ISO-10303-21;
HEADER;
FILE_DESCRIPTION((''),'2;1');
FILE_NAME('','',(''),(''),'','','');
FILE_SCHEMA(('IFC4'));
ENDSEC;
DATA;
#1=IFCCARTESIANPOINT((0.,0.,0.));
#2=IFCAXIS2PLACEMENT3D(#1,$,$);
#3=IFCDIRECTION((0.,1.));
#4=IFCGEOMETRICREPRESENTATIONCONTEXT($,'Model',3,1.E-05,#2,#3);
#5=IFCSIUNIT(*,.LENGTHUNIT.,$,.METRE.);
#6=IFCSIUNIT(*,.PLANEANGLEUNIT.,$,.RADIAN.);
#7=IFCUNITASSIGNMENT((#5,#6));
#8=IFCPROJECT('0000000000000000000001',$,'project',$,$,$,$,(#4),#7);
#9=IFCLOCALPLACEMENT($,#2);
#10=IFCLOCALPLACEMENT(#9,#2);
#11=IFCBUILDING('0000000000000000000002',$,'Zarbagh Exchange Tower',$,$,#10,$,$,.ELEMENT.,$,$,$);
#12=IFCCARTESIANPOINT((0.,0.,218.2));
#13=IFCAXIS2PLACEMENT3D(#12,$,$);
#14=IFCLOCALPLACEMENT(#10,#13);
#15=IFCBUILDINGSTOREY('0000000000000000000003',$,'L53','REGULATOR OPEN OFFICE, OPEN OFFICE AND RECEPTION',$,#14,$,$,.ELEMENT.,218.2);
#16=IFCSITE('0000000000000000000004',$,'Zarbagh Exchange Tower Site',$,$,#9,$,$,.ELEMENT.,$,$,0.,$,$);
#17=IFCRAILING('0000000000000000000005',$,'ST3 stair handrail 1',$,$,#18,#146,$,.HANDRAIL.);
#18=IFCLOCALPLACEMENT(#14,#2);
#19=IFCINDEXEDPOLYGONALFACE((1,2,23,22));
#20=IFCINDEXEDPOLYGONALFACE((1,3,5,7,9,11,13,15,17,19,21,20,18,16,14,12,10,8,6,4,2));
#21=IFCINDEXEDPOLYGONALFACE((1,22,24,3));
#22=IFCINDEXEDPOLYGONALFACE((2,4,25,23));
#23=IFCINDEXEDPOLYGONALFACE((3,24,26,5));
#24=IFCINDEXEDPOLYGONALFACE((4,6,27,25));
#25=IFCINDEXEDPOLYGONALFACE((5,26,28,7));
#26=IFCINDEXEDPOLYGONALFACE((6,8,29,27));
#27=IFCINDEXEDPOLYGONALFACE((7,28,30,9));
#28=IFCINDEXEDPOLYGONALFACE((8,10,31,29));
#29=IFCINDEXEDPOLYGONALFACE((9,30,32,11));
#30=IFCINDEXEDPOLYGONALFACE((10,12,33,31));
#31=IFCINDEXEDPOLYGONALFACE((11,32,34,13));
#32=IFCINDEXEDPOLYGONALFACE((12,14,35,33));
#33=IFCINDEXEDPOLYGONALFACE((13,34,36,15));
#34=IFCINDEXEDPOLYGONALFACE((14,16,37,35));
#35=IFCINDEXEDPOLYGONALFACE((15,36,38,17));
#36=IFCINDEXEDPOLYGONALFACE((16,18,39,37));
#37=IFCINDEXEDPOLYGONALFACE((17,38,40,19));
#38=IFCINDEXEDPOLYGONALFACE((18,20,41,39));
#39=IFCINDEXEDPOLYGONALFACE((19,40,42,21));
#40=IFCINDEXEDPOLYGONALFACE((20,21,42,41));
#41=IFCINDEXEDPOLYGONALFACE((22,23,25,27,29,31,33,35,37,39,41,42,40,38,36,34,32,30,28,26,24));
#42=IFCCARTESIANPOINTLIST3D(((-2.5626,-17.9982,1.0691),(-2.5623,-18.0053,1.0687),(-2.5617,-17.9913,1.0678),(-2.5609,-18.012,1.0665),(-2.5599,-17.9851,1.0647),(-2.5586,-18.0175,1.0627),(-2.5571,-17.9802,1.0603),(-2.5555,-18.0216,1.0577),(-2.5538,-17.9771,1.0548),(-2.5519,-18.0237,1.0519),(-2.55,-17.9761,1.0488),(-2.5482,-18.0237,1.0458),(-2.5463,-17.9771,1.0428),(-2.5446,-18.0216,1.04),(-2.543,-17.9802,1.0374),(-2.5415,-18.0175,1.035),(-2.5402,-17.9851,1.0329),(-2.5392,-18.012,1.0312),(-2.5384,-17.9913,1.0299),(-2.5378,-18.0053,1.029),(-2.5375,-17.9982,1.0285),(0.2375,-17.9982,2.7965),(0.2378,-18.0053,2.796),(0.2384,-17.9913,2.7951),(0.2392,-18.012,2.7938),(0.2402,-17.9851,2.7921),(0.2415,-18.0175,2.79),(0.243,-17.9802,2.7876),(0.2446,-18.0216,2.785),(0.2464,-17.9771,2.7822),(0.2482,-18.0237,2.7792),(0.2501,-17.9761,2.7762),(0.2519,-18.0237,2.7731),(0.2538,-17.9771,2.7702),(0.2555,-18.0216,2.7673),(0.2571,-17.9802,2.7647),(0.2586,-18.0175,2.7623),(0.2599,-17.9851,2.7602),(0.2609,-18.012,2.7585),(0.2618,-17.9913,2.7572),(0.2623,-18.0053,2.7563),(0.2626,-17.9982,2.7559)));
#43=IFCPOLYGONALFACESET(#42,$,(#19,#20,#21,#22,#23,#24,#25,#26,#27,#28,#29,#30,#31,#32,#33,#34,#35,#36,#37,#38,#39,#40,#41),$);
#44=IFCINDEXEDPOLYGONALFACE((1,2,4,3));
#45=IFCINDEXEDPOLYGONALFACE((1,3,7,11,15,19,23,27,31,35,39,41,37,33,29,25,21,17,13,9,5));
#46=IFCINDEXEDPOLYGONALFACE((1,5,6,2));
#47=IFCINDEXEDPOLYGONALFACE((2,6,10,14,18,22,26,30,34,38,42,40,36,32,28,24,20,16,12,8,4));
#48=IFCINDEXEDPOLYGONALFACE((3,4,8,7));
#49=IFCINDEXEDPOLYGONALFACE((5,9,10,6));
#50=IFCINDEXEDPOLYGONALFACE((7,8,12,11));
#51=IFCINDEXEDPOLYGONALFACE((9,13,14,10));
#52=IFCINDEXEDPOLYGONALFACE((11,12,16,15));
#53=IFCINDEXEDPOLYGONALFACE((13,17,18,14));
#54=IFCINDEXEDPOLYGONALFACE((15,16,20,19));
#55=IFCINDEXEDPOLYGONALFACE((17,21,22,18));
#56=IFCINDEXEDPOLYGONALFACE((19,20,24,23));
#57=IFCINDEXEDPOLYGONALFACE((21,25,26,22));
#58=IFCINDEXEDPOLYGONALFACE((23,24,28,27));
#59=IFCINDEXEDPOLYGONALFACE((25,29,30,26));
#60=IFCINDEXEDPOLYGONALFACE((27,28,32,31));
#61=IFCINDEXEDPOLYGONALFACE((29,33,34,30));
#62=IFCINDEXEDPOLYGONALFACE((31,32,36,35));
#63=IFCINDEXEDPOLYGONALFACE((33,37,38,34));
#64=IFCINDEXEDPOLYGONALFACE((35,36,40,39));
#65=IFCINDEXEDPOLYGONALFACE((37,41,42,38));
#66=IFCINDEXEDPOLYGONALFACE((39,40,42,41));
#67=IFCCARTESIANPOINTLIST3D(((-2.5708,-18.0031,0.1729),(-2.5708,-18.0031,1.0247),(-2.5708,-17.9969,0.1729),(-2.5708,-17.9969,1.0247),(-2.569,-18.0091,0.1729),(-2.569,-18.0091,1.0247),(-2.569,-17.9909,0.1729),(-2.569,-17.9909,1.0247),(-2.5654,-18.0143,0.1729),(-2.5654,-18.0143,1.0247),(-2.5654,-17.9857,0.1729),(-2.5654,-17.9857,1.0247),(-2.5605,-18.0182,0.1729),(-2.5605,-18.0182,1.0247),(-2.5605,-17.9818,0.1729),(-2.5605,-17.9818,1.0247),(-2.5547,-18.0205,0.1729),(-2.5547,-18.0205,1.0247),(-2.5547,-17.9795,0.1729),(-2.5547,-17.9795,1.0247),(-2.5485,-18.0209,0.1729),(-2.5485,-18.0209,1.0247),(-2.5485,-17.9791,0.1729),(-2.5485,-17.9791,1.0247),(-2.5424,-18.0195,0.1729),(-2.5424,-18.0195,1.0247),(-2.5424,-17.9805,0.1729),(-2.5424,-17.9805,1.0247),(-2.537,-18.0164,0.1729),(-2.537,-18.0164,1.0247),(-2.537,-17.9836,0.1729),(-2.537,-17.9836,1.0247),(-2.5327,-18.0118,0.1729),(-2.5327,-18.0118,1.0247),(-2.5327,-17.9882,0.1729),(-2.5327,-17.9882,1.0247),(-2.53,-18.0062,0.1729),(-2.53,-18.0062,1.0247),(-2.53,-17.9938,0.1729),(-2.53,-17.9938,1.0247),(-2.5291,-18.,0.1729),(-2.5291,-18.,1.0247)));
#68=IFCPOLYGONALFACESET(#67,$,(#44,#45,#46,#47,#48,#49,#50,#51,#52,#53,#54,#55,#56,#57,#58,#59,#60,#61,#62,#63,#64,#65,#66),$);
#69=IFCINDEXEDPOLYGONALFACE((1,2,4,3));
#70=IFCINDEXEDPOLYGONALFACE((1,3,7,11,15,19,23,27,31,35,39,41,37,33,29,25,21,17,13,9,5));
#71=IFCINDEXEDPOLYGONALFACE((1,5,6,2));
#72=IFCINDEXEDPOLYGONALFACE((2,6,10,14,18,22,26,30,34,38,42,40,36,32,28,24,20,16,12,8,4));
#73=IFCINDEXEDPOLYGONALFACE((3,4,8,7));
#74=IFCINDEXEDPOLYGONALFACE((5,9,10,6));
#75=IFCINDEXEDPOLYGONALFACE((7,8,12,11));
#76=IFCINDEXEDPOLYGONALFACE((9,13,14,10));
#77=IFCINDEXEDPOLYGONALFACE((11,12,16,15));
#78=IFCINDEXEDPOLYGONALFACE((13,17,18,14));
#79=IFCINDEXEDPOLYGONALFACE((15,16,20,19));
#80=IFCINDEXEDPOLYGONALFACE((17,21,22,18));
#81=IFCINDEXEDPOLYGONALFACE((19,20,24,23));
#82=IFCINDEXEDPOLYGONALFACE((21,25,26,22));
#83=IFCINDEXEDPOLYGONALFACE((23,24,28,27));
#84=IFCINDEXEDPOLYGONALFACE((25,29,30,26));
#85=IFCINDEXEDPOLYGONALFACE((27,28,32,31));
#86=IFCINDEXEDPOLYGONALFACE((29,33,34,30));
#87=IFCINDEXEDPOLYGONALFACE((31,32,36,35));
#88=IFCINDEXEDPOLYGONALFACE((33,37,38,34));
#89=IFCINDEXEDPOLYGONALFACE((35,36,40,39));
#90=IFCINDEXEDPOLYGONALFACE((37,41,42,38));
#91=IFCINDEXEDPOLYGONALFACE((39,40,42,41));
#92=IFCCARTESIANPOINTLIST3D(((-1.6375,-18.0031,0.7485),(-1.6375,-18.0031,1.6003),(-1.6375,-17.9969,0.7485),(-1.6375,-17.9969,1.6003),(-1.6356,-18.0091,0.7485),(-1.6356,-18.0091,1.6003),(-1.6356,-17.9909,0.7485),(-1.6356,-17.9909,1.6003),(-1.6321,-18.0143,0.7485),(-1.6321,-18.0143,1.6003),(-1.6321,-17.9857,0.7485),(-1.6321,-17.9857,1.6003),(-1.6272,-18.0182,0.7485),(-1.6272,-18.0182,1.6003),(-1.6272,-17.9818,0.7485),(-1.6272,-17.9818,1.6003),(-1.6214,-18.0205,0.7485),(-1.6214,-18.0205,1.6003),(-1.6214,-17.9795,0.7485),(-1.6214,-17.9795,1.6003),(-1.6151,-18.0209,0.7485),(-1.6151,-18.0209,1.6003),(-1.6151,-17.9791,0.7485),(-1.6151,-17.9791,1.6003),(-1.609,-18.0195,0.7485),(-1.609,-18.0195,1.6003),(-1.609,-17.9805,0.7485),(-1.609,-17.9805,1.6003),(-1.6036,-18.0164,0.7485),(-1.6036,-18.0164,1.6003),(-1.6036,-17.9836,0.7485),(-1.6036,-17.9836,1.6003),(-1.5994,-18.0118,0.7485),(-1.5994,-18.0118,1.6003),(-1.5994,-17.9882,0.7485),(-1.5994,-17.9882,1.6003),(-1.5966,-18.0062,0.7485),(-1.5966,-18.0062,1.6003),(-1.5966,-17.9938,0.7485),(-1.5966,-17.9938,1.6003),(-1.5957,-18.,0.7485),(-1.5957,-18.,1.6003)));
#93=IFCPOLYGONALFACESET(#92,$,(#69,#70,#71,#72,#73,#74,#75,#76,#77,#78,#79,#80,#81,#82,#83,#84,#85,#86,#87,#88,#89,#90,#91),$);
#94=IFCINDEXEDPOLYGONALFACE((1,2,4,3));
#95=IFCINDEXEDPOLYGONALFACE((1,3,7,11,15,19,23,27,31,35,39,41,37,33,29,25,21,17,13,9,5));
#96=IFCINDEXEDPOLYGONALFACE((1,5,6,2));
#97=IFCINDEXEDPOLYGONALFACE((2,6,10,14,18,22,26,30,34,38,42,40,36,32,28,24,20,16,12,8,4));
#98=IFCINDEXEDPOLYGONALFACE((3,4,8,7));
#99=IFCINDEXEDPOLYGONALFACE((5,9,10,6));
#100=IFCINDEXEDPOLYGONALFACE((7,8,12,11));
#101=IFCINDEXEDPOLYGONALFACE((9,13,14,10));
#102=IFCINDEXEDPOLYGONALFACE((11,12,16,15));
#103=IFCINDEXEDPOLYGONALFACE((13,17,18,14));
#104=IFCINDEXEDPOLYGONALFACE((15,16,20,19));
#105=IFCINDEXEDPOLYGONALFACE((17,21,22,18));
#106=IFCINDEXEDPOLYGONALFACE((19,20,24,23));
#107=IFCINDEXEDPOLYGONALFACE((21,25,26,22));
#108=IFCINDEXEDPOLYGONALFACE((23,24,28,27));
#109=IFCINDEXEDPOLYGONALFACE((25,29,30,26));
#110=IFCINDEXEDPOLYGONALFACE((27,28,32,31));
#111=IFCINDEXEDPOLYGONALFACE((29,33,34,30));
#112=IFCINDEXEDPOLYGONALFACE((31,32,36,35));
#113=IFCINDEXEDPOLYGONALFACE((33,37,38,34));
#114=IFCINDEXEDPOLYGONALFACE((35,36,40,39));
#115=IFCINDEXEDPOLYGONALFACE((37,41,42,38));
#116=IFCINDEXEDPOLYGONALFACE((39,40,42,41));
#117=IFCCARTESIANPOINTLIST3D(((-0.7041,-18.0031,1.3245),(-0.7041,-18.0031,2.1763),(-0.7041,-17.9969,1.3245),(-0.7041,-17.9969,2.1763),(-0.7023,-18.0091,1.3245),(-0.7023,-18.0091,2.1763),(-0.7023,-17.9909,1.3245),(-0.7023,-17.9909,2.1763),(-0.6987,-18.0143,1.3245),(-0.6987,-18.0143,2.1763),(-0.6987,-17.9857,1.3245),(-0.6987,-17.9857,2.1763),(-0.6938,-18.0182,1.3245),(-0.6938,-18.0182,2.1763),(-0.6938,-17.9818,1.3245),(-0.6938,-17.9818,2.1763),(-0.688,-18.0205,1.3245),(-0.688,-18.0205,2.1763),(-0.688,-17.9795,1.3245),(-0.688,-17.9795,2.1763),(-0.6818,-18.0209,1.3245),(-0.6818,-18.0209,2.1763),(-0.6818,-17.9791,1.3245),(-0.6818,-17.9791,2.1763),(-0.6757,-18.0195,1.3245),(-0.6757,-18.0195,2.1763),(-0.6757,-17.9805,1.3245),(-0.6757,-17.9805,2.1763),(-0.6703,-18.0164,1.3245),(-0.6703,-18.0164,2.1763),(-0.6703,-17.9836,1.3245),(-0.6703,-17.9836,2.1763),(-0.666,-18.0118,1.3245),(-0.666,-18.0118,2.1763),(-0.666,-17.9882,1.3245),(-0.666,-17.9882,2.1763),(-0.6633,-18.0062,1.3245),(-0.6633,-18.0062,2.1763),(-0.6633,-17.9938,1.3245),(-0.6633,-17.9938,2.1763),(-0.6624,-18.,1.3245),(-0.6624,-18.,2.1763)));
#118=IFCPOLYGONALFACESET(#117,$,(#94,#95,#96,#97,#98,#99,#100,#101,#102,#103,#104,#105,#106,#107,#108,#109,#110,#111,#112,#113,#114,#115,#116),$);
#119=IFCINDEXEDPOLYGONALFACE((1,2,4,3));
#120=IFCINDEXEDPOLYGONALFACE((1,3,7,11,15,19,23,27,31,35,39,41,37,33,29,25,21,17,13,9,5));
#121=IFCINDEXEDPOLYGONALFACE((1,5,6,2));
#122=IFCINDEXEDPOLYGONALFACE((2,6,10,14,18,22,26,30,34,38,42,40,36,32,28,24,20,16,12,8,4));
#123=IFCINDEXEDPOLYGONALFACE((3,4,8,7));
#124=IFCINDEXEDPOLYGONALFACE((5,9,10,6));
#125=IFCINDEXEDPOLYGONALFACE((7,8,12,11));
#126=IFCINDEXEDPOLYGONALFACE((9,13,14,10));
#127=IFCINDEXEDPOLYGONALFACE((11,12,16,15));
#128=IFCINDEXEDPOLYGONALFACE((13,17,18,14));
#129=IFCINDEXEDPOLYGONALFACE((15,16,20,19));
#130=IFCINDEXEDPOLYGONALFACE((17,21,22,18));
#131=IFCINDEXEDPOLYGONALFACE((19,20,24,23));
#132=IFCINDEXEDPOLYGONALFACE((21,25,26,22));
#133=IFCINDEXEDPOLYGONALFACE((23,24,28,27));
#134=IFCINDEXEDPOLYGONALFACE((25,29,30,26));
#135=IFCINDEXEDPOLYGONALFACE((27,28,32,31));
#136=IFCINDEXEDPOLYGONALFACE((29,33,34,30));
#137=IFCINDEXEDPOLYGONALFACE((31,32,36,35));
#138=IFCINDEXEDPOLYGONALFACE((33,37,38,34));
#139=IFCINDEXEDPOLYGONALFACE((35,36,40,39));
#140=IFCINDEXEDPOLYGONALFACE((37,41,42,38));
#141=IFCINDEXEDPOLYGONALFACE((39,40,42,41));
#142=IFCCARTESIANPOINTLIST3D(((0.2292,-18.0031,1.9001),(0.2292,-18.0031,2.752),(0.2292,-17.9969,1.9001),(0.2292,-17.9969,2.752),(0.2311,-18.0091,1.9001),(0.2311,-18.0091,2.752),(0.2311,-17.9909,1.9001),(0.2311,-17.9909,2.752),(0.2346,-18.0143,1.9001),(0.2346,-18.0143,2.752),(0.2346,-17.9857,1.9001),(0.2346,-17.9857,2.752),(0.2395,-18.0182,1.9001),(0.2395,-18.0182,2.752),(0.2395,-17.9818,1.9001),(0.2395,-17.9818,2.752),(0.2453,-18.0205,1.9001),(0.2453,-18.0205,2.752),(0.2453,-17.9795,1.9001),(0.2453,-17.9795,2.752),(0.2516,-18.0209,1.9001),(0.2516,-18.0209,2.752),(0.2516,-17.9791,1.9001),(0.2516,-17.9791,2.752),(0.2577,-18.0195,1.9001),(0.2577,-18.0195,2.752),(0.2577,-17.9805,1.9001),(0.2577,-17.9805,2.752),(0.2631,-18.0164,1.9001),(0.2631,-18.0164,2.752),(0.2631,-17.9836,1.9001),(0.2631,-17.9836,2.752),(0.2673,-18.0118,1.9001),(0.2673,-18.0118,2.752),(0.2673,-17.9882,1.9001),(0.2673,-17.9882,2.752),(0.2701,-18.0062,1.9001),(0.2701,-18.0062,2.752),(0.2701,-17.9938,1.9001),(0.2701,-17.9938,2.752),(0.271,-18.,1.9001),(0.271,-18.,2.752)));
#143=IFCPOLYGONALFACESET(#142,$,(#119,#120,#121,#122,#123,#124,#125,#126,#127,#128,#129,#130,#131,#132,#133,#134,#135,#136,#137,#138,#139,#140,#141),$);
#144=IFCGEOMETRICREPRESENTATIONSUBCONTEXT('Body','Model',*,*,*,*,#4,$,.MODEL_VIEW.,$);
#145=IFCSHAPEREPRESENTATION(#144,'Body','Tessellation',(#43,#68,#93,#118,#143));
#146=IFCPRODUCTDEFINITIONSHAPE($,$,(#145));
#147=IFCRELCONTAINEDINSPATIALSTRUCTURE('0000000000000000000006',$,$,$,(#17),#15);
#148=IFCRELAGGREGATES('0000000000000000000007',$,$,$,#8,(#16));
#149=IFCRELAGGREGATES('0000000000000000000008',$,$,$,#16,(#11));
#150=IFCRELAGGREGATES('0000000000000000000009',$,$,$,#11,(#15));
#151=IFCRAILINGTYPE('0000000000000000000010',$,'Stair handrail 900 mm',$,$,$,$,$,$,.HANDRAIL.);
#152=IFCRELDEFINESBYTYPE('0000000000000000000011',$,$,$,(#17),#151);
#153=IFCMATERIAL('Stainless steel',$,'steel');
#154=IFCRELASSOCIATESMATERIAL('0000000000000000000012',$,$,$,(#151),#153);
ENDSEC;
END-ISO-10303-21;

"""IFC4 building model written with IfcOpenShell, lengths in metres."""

from ifc_helpers import new_model, si_unit, direction, frame, origin, origin_2d, place, context, subcontext, project, spatial, circle, extrude, material, type_object, element, save


model = new_model("IFC4")

# Units and contexts
model_context = context("Model", 3, precision=1e-05, world=origin(), true_north=direction((0.0, 1.0)))
body_context = subcontext(model_context, "Body", "Model", "MODEL_VIEW")
ifc_project = project(units=[si_unit("LENGTHUNIT", "METRE"), si_unit("PLANEANGLEUNIT", "RADIAN")], contexts=[model_context])

# Site, building, storey
site_placement = place(None, origin())
site = spatial("IfcSite", under=ifc_project, at=site_placement, Name="Zarbagh Exchange Tower Site", CompositionType="ELEMENT", RefElevation=0.0)
building_placement = place(site_placement, origin())
building = spatial("IfcBuilding", under=site, at=building_placement, Name="Zarbagh Exchange Tower", CompositionType="ELEMENT")
storey_placement = place(building_placement, frame((0.0, 0.0, 218.2)))
storey = spatial("IfcBuildingStorey", under=building, at=storey_placement, Name="L53", Description="REGULATOR OPEN OFFICE, OPEN OFFICE AND RECEPTION", CompositionType="ELEMENT", Elevation=218.2)

# Railing
ifc_material_1 = material(Name="Stainless steel", Category="steel")
railing_type = type_object("IfcRailingType", Name="Stair handrail 900 mm", PredefinedType="HANDRAIL", material=ifc_material_1)
railing_placement = place(storey_placement, frame((-2.55, -18.0, 0.1729)))
element("IfcRailing", 1, at=railing_placement, inside=storey, type_object=railing_type, Name="ST3 stair handrail 1", PredefinedType="HANDRAIL", context=body_context, shape_type="SweptSolid", body=[
    extrude(circle(Radius=0.0239, at=origin_2d()), frame((0.0, 0.0, 0.876), z_axis=(0.85109, 0.0, 0.52502), x_axis=(0.0, 1.0, 0.0)), (0.0, 0.0, 1.0), 3.29),
    extrude(circle(Radius=0.021, at=origin_2d()), origin(), (0.0, 0.0, 1.0), 0.8518),
    extrude(circle(Radius=0.021, at=origin_2d()), frame((0.9333, 0.0, 0.5757)), (0.0, 0.0, 1.0), 0.8518),
    extrude(circle(Radius=0.021, at=origin_2d()), frame((1.8667, 0.0, 1.1516)), (0.0, 0.0, 1.0), 0.8518),
    extrude(circle(Radius=0.021, at=origin_2d()), frame((2.8, 0.0, 1.7273)), (0.0, 0.0, 1.0), 0.8518),
])

save(model, "model.ifc")
